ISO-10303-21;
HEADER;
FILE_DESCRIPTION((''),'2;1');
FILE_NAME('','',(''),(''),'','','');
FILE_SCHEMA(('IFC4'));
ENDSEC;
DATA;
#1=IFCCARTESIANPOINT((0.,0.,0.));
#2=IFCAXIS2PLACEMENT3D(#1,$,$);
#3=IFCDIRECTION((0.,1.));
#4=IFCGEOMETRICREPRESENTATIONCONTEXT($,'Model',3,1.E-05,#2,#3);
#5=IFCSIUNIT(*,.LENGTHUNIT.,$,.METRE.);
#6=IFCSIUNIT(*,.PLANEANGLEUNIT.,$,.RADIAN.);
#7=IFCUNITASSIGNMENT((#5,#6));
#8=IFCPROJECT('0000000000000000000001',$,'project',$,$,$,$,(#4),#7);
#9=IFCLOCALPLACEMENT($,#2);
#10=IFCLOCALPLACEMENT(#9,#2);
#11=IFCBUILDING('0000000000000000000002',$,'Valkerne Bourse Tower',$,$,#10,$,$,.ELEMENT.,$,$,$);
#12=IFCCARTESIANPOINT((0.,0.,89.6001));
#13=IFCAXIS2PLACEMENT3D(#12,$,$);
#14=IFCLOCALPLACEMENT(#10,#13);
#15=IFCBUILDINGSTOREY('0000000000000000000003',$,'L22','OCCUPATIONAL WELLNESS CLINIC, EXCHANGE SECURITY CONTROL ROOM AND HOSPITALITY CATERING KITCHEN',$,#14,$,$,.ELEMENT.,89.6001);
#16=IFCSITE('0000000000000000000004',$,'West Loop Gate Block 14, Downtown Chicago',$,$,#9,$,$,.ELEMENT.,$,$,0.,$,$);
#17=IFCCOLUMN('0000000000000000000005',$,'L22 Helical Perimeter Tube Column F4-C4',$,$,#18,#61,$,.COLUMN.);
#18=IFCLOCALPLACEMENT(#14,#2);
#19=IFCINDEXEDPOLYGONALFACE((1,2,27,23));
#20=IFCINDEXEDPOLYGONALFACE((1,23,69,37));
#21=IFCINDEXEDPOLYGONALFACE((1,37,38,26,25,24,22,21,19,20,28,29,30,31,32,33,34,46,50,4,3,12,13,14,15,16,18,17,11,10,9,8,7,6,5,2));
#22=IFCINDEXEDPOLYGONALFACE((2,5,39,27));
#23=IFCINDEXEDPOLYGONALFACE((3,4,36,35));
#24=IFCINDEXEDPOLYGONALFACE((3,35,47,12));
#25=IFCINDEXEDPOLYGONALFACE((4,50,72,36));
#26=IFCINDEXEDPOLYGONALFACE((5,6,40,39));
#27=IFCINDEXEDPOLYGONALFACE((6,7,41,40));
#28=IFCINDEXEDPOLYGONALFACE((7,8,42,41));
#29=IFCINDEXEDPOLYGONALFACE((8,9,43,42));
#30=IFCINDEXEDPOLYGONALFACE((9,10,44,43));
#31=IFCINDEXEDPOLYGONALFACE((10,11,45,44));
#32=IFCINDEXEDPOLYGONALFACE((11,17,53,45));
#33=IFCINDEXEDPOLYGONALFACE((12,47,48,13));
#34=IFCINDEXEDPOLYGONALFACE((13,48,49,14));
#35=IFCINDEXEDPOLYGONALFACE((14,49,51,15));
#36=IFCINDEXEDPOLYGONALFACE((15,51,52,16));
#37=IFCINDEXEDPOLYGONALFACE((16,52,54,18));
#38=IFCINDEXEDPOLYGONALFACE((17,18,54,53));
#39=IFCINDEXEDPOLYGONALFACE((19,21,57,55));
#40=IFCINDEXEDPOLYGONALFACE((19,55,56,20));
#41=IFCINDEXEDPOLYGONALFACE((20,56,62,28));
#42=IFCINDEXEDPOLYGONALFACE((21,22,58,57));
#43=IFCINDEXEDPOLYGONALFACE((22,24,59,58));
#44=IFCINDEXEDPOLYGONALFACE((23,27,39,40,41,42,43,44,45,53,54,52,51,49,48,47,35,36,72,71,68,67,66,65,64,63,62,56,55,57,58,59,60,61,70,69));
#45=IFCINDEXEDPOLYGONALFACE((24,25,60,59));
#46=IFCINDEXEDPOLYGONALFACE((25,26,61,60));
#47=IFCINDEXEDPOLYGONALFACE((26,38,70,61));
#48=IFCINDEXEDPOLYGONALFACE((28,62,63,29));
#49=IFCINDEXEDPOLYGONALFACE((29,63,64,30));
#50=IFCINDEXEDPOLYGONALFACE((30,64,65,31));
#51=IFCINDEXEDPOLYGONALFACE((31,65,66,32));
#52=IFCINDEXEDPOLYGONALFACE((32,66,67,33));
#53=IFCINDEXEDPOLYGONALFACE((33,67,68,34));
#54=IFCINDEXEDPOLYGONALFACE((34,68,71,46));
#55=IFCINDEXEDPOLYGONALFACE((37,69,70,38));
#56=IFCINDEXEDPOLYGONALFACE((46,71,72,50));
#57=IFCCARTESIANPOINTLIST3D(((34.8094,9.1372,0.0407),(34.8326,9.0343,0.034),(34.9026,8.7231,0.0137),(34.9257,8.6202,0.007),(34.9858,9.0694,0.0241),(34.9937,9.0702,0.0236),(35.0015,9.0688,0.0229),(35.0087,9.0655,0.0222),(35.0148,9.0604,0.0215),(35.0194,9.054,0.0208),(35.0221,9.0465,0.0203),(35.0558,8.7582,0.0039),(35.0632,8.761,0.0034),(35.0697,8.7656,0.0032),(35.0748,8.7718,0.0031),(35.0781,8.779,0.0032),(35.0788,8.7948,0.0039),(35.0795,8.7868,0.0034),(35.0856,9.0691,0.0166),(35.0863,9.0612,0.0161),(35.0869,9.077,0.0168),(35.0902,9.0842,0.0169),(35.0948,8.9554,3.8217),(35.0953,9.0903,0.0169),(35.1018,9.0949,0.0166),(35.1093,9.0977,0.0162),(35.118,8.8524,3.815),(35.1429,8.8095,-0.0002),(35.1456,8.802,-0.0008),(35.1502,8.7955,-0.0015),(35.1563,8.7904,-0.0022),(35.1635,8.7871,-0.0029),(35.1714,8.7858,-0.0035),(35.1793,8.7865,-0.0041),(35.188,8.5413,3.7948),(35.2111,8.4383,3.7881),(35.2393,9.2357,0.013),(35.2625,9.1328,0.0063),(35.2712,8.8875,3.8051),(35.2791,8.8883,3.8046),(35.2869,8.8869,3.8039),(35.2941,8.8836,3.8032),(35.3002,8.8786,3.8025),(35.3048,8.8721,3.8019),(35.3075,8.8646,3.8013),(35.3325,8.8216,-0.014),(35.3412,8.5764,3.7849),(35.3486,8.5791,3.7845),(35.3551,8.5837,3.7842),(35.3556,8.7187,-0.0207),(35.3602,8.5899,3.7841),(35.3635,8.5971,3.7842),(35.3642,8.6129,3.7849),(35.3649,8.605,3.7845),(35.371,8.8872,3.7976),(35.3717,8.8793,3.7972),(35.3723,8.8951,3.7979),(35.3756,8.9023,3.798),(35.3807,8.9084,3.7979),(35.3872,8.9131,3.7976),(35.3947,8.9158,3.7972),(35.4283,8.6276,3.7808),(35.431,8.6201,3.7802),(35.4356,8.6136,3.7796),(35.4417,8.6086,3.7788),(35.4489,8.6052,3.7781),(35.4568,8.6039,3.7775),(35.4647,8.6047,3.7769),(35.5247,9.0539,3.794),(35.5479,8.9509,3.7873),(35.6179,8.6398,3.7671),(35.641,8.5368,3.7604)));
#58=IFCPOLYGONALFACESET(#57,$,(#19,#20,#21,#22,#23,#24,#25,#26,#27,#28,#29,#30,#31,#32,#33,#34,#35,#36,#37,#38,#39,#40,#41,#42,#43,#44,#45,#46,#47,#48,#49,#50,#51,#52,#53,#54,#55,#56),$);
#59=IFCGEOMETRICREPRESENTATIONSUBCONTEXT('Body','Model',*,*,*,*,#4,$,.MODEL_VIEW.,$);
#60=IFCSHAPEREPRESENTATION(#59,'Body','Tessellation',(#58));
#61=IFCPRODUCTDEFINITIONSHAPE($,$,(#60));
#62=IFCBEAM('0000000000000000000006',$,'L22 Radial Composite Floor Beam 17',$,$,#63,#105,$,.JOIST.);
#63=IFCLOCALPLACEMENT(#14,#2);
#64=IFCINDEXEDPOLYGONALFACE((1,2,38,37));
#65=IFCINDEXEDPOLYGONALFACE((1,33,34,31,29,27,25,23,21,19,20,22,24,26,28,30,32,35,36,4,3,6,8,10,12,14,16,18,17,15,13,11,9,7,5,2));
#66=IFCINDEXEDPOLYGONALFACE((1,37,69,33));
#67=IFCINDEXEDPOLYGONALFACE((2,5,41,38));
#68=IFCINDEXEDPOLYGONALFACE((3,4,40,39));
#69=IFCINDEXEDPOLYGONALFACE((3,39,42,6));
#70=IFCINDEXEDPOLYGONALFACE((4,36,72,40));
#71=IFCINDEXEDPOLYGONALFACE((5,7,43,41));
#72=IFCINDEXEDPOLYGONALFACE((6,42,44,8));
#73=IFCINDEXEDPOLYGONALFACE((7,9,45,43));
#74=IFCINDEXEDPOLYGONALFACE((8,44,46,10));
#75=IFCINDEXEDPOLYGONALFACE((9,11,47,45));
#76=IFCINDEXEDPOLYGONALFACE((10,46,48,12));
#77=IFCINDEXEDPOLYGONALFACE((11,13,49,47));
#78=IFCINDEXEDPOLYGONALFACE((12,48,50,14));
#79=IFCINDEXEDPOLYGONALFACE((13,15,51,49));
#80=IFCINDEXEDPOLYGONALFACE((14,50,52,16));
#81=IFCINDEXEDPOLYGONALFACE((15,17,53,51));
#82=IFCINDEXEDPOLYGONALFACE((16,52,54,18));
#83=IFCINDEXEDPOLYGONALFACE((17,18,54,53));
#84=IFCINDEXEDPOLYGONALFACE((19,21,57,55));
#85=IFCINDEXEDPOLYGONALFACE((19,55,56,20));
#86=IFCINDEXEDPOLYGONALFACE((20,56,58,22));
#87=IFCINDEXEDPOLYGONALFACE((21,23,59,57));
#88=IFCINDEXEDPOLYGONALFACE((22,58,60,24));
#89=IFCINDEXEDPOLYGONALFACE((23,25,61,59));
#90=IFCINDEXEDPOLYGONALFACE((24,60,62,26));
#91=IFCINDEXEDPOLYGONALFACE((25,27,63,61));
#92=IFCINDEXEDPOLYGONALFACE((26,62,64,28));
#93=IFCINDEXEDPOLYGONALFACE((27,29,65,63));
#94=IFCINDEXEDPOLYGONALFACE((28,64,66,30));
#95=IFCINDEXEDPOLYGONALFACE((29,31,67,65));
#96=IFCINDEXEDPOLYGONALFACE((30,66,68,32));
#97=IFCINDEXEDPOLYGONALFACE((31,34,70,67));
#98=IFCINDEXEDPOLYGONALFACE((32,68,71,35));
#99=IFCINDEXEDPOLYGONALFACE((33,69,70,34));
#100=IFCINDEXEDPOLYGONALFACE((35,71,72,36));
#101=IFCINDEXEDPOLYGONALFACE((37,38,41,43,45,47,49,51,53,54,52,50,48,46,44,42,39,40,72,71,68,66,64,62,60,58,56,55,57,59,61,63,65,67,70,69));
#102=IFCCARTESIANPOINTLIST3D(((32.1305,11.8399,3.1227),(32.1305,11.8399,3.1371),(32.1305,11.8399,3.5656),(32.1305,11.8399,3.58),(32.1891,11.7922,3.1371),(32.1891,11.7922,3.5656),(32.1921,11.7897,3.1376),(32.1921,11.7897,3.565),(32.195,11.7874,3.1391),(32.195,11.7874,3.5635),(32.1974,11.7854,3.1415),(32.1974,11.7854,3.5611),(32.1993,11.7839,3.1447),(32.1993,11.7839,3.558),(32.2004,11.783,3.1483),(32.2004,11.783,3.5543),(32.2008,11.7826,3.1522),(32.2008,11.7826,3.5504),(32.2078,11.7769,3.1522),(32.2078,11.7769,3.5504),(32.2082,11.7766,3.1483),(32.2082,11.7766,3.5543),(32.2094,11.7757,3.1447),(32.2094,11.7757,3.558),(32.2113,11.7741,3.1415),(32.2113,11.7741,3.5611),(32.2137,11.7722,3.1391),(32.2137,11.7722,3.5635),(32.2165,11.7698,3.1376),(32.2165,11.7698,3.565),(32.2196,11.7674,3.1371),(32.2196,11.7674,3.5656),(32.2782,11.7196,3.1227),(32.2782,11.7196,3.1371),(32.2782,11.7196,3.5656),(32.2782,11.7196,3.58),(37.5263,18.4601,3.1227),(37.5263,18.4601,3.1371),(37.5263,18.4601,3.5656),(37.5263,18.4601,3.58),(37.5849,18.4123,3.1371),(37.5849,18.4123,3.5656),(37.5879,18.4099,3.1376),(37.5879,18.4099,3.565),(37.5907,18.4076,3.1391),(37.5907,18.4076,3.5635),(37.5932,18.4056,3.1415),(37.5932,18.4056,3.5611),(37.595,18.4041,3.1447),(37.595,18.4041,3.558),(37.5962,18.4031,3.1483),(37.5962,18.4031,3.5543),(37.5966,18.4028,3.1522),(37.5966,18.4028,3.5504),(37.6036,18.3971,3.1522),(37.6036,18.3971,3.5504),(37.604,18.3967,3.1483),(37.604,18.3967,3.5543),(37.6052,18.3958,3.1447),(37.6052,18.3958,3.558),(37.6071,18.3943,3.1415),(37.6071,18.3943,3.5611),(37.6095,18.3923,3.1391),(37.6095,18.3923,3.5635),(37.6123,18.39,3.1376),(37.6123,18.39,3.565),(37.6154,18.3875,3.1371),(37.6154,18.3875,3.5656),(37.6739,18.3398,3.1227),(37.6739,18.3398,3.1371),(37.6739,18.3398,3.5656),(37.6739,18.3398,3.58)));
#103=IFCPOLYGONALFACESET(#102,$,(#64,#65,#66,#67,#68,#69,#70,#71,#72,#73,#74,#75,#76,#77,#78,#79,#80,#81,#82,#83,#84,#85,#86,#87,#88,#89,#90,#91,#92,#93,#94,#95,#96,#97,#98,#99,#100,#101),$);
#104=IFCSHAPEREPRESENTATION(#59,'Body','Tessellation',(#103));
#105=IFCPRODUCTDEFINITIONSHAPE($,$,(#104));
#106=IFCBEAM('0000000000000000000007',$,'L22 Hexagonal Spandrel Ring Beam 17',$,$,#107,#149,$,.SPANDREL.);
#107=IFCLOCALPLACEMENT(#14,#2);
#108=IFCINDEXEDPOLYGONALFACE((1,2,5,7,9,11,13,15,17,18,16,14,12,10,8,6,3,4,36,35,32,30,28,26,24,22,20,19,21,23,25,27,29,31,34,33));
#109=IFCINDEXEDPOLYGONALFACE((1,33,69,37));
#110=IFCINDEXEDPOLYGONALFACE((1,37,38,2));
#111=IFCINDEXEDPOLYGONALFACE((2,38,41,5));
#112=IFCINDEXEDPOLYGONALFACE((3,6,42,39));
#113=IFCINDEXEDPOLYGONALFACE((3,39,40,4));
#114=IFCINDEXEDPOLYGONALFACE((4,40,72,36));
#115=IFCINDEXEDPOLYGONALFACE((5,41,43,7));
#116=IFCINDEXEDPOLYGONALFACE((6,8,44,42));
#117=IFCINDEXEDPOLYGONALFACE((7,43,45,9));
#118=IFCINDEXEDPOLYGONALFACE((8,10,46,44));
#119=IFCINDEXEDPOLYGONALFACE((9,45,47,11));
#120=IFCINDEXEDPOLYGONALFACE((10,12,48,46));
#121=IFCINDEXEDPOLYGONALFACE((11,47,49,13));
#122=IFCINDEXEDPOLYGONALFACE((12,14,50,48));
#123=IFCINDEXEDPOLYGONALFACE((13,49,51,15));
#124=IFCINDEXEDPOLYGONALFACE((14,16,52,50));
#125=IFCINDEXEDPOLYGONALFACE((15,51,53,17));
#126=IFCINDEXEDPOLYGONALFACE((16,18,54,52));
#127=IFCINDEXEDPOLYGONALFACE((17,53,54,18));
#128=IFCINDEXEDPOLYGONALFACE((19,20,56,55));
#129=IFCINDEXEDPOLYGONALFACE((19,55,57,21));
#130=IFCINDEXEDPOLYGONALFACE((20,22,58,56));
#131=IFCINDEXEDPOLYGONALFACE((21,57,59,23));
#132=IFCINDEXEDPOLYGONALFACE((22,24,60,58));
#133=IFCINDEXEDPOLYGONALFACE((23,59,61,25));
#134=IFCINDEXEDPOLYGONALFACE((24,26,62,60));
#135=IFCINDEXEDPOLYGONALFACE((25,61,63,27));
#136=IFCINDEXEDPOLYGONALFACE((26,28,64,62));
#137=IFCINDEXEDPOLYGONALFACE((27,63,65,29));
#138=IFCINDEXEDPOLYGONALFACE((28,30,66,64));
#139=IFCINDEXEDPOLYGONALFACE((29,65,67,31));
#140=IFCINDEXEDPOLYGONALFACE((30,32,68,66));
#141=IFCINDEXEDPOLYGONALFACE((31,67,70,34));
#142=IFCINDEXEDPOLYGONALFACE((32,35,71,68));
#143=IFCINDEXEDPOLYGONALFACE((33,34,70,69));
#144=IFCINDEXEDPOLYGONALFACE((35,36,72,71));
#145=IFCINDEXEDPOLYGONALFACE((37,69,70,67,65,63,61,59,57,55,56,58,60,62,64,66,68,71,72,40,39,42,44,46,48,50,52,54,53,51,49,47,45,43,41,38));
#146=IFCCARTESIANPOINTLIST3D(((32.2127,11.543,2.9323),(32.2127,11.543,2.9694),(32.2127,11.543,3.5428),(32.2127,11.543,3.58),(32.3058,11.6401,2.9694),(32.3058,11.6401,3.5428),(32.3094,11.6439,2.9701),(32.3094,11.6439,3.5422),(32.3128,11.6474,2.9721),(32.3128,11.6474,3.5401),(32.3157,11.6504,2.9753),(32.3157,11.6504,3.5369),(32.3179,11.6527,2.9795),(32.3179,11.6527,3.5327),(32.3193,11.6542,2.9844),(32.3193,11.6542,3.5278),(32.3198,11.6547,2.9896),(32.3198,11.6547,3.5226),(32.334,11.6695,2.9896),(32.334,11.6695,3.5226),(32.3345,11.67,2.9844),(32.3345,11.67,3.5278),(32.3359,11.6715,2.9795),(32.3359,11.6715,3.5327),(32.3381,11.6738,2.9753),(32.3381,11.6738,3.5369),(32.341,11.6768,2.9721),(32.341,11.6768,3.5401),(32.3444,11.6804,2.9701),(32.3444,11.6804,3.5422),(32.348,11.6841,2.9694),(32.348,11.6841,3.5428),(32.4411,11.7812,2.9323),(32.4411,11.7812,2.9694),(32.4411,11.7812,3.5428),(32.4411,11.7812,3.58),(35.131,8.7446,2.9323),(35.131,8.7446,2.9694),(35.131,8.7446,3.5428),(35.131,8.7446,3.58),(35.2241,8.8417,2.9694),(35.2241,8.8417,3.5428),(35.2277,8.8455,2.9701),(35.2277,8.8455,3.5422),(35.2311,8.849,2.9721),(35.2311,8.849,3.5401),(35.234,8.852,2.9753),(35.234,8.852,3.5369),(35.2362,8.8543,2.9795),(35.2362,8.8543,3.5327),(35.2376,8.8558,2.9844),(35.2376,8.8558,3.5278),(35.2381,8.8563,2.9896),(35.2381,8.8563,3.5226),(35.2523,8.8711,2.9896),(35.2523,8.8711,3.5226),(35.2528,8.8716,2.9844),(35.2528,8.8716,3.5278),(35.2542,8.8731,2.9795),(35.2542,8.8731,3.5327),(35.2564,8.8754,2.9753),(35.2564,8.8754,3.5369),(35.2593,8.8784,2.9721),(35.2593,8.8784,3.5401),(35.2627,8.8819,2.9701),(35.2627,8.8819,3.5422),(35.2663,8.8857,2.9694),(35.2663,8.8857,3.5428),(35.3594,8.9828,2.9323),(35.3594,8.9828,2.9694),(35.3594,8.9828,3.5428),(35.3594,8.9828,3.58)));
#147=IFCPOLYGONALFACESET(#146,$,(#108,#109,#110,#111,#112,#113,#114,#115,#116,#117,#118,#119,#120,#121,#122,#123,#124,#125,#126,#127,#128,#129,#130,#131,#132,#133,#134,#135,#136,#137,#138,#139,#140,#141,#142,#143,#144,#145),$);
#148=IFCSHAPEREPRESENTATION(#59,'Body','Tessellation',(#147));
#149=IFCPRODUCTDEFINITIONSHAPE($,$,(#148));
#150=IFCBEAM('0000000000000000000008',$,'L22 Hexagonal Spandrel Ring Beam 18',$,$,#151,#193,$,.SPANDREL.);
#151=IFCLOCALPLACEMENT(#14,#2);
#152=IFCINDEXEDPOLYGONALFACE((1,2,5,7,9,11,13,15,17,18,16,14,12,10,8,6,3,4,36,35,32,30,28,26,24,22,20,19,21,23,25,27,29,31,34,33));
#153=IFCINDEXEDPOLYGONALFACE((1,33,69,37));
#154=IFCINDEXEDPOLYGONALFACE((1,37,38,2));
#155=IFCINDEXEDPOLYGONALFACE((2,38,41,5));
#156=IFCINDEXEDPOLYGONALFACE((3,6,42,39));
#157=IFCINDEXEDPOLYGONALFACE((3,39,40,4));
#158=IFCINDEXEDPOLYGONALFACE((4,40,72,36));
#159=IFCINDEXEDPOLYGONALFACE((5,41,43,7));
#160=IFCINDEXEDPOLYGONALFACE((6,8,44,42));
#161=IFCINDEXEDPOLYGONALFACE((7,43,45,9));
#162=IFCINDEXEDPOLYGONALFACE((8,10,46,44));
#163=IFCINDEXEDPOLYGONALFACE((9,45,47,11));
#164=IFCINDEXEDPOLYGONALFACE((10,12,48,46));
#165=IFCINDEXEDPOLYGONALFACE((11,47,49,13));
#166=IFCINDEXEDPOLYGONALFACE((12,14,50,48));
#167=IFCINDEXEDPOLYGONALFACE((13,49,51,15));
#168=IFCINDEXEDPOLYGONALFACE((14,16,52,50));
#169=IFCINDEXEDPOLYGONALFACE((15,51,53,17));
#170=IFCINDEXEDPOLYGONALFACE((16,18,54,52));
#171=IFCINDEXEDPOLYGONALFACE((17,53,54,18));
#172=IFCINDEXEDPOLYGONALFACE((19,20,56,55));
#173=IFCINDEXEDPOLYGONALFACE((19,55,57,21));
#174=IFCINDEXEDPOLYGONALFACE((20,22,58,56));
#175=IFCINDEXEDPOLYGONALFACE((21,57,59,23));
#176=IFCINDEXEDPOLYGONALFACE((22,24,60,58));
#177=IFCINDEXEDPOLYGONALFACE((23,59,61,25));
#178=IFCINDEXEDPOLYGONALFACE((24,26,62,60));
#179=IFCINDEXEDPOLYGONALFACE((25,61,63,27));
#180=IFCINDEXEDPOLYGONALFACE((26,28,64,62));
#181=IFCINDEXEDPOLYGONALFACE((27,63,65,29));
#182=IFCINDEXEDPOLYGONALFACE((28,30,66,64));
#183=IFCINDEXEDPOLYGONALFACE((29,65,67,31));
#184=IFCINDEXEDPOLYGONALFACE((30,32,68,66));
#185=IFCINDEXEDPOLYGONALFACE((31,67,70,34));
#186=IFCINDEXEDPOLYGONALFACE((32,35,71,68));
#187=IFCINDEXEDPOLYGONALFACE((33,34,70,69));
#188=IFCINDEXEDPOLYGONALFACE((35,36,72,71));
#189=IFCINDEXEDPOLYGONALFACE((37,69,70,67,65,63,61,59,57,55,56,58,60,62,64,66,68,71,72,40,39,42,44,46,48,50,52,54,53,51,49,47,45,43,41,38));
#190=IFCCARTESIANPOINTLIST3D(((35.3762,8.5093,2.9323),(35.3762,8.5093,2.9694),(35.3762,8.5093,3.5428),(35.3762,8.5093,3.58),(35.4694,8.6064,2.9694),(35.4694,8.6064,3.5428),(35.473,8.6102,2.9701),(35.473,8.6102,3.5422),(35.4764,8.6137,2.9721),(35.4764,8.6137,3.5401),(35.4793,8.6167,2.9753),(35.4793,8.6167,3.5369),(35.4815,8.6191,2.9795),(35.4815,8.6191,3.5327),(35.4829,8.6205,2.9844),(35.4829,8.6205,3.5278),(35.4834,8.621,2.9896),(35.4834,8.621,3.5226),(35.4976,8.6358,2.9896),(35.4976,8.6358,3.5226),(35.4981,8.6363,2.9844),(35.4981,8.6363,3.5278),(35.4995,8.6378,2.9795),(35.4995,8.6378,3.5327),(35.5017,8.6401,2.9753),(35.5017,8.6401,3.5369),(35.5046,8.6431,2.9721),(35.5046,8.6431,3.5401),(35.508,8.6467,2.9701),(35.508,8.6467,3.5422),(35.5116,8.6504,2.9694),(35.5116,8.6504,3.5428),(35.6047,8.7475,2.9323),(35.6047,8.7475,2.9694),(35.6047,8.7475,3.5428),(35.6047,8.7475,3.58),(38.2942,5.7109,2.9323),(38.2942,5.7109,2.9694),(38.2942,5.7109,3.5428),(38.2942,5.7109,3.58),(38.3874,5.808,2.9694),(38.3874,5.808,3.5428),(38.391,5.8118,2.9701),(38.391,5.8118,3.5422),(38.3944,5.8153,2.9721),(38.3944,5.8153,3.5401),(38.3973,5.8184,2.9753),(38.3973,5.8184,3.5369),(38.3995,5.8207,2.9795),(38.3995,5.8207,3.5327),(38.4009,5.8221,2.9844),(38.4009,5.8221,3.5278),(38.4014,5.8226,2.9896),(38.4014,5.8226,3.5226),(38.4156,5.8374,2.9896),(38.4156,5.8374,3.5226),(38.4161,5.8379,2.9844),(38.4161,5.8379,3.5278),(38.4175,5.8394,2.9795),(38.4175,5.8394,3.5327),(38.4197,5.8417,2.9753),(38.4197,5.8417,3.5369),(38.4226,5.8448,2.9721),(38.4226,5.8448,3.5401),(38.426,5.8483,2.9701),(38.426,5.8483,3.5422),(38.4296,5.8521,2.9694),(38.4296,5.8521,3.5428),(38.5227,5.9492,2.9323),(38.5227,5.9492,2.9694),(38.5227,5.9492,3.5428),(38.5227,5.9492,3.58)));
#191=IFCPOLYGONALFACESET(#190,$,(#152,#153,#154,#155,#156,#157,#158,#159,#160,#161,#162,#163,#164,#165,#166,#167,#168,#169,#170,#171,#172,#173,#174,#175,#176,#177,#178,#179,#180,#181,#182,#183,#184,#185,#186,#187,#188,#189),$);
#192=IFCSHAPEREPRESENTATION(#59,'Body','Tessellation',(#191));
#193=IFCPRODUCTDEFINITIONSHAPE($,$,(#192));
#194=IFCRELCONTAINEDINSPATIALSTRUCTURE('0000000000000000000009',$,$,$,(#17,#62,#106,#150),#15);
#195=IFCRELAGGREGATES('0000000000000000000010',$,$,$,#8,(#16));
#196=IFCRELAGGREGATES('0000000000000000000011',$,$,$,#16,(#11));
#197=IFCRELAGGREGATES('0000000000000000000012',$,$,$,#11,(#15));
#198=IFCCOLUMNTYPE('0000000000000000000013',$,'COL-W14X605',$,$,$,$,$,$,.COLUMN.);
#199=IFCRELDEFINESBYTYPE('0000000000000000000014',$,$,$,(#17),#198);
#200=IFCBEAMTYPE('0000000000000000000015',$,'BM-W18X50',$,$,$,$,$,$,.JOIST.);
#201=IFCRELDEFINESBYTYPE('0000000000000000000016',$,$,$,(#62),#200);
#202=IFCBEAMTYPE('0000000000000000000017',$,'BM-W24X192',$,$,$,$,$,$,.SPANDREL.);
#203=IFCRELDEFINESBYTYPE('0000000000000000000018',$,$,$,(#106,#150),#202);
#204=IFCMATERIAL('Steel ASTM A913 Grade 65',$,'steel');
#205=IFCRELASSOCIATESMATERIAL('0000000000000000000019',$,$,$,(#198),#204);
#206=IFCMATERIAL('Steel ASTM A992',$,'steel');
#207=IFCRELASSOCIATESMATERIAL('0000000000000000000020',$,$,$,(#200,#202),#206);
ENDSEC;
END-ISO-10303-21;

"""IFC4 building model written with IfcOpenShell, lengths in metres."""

from ifc_helpers import new_model, si_unit, direction, frame, origin, origin_2d, place, context, subcontext, project, spatial, i_section, extrude, material, material_profile, profile_set, type_object, element, save


model = new_model("IFC4")

# Units and contexts
model_context = context("Model", 3, precision=1e-05, world=origin(), true_north=direction((0.0, 1.0)))
body_context = subcontext(model_context, "Body", "Model", "MODEL_VIEW")
ifc_project = project(units=[si_unit("LENGTHUNIT", "METRE"), si_unit("PLANEANGLEUNIT", "RADIAN")], contexts=[model_context])

# Site, building, storey
site_placement = place(None, origin())
site = spatial("IfcSite", under=ifc_project, at=site_placement, Name="West Loop Gate Block 14, Downtown Chicago", CompositionType="ELEMENT", RefElevation=0.0)
building_placement = place(site_placement, origin())
building = spatial("IfcBuilding", under=site, at=building_placement, Name="Valkerne Bourse Tower", CompositionType="ELEMENT")
storey_placement = place(building_placement, frame((0.0, 0.0, 89.6001)))
storey = spatial("IfcBuildingStorey", under=building, at=storey_placement, Name="L22", Description="OCCUPATIONAL WELLNESS CLINIC, EXCHANGE SECURITY CONTROL ROOM AND HOSPITALITY CATERING KITCHEN", CompositionType="ELEMENT", Elevation=89.6001)

# Column
ifc_material_1 = material(Name="Steel ASTM A913 Grade 65", Category="steel")
ifc_material_profile_1 = material_profile(ifc_material_1, i_section(OverallWidth=0.4419, OverallDepth=0.531, WebThickness=0.0659, FlangeThickness=0.1057, FilletRadius=0.0305, at=origin_2d()), Name="W14X605")
ifc_profile_set_1 = profile_set([ifc_material_profile_1], Name="Steel ASTM A913 Grade 65")
column_type = type_object("IfcColumnType", Name="COL-W14X605", PredefinedType="COLUMN", material=ifc_profile_set_1)
column_placement = place(storey_placement, frame((35.0825, 8.928, 0.01), z_axis=(0.075182, -0.047913, 0.996018), x_axis=(0.972823, 0.222897, -0.062709)))
element("IfcColumn", 1, at=column_placement, inside=storey, type_object=column_type, Name="L22 Helical Perimeter Tube Column F4-C4", PredefinedType="COLUMN", context=body_context, shape_type="SweptSolid", body=[
    extrude(i_section(OverallWidth=0.4419, OverallDepth=0.531, WebThickness=0.0659, FlangeThickness=0.1057, FilletRadius=0.0305, at=origin_2d()), origin(), (0.0, 0.0, 1.0), 3.7961),
])

# Beams
ifc_material_2 = material(Name="Steel ASTM A992", Category="steel")
ifc_material_profile_2 = material_profile(ifc_material_2, i_section(OverallWidth=0.1904, OverallDepth=0.4573, WebThickness=0.009, FlangeThickness=0.0144, FilletRadius=0.0151, at=origin_2d()), Name="W18X50")
ifc_profile_set_2 = profile_set([ifc_material_profile_2], Name="Steel ASTM A992")
beam_type_1 = type_object("IfcBeamType", Name="BM-W18X50", PredefinedType="JOIST", material=ifc_profile_set_2)
beam_1_placement = place(storey_placement, frame((32.2043, 11.7798, 3.3513), z_axis=(0.631784, 0.775144, 0.0), x_axis=(-0.775144, 0.631784, 0.0)))
element("IfcBeam", 2, at=beam_1_placement, inside=storey, type_object=beam_type_1, Name="L22 Radial Composite Floor Beam 17", PredefinedType="JOIST", context=body_context, shape_type="SweptSolid", body=[
    extrude(i_section(OverallWidth=0.1904, OverallDepth=0.4573, WebThickness=0.009, FlangeThickness=0.0144, FilletRadius=0.0151, at=origin_2d()), origin(), (0.0, 0.0, 1.0), 8.5405),
])
ifc_material_profile_3 = material_profile(ifc_material_2, i_section(OverallWidth=0.3301, OverallDepth=0.6477, WebThickness=0.0205, FlangeThickness=0.0371, FilletRadius=0.0203, at=origin_2d()), Name="W24X192")
ifc_profile_set_3 = profile_set([ifc_material_profile_3], Name="Steel ASTM A992")
beam_type_2 = type_object("IfcBeamType", Name="BM-W24X192", PredefinedType="SPANDREL", material=ifc_profile_set_3)
beam_2_placement = place(storey_placement, frame((32.3269, 11.6621, 3.2561), z_axis=(0.721776, -0.692127, 0.0), x_axis=(0.692127, 0.721776, 0.0)))
element("IfcBeam", 3, at=beam_2_placement, inside=storey, type_object=beam_type_2, Name="L22 Hexagonal Spandrel Ring Beam 17", PredefinedType="SPANDREL", context=body_context, shape_type="SweptSolid", body=[
    extrude(i_section(OverallWidth=0.3301, OverallDepth=0.6477, WebThickness=0.0205, FlangeThickness=0.0371, FilletRadius=0.0203, at=origin_2d()), origin(), (0.0, 0.0, 1.0), 4.0432),
])
beam_3_placement = place(storey_placement, frame((35.4905, 8.6284, 3.2561), z_axis=(0.721747, -0.692157, 0.0), x_axis=(0.692157, 0.721747, 0.0)))
element("IfcBeam", 4, at=beam_3_placement, inside=storey, type_object=beam_type_2, Name="L22 Hexagonal Spandrel Ring Beam 18", PredefinedType="SPANDREL", context=body_context, shape_type="SweptSolid", body=[
    extrude(i_section(OverallWidth=0.3301, OverallDepth=0.6477, WebThickness=0.0205, FlangeThickness=0.0371, FilletRadius=0.0203, at=origin_2d()), origin(), (0.0, 0.0, 1.0), 4.043),
])

save(model, "model.ifc")
